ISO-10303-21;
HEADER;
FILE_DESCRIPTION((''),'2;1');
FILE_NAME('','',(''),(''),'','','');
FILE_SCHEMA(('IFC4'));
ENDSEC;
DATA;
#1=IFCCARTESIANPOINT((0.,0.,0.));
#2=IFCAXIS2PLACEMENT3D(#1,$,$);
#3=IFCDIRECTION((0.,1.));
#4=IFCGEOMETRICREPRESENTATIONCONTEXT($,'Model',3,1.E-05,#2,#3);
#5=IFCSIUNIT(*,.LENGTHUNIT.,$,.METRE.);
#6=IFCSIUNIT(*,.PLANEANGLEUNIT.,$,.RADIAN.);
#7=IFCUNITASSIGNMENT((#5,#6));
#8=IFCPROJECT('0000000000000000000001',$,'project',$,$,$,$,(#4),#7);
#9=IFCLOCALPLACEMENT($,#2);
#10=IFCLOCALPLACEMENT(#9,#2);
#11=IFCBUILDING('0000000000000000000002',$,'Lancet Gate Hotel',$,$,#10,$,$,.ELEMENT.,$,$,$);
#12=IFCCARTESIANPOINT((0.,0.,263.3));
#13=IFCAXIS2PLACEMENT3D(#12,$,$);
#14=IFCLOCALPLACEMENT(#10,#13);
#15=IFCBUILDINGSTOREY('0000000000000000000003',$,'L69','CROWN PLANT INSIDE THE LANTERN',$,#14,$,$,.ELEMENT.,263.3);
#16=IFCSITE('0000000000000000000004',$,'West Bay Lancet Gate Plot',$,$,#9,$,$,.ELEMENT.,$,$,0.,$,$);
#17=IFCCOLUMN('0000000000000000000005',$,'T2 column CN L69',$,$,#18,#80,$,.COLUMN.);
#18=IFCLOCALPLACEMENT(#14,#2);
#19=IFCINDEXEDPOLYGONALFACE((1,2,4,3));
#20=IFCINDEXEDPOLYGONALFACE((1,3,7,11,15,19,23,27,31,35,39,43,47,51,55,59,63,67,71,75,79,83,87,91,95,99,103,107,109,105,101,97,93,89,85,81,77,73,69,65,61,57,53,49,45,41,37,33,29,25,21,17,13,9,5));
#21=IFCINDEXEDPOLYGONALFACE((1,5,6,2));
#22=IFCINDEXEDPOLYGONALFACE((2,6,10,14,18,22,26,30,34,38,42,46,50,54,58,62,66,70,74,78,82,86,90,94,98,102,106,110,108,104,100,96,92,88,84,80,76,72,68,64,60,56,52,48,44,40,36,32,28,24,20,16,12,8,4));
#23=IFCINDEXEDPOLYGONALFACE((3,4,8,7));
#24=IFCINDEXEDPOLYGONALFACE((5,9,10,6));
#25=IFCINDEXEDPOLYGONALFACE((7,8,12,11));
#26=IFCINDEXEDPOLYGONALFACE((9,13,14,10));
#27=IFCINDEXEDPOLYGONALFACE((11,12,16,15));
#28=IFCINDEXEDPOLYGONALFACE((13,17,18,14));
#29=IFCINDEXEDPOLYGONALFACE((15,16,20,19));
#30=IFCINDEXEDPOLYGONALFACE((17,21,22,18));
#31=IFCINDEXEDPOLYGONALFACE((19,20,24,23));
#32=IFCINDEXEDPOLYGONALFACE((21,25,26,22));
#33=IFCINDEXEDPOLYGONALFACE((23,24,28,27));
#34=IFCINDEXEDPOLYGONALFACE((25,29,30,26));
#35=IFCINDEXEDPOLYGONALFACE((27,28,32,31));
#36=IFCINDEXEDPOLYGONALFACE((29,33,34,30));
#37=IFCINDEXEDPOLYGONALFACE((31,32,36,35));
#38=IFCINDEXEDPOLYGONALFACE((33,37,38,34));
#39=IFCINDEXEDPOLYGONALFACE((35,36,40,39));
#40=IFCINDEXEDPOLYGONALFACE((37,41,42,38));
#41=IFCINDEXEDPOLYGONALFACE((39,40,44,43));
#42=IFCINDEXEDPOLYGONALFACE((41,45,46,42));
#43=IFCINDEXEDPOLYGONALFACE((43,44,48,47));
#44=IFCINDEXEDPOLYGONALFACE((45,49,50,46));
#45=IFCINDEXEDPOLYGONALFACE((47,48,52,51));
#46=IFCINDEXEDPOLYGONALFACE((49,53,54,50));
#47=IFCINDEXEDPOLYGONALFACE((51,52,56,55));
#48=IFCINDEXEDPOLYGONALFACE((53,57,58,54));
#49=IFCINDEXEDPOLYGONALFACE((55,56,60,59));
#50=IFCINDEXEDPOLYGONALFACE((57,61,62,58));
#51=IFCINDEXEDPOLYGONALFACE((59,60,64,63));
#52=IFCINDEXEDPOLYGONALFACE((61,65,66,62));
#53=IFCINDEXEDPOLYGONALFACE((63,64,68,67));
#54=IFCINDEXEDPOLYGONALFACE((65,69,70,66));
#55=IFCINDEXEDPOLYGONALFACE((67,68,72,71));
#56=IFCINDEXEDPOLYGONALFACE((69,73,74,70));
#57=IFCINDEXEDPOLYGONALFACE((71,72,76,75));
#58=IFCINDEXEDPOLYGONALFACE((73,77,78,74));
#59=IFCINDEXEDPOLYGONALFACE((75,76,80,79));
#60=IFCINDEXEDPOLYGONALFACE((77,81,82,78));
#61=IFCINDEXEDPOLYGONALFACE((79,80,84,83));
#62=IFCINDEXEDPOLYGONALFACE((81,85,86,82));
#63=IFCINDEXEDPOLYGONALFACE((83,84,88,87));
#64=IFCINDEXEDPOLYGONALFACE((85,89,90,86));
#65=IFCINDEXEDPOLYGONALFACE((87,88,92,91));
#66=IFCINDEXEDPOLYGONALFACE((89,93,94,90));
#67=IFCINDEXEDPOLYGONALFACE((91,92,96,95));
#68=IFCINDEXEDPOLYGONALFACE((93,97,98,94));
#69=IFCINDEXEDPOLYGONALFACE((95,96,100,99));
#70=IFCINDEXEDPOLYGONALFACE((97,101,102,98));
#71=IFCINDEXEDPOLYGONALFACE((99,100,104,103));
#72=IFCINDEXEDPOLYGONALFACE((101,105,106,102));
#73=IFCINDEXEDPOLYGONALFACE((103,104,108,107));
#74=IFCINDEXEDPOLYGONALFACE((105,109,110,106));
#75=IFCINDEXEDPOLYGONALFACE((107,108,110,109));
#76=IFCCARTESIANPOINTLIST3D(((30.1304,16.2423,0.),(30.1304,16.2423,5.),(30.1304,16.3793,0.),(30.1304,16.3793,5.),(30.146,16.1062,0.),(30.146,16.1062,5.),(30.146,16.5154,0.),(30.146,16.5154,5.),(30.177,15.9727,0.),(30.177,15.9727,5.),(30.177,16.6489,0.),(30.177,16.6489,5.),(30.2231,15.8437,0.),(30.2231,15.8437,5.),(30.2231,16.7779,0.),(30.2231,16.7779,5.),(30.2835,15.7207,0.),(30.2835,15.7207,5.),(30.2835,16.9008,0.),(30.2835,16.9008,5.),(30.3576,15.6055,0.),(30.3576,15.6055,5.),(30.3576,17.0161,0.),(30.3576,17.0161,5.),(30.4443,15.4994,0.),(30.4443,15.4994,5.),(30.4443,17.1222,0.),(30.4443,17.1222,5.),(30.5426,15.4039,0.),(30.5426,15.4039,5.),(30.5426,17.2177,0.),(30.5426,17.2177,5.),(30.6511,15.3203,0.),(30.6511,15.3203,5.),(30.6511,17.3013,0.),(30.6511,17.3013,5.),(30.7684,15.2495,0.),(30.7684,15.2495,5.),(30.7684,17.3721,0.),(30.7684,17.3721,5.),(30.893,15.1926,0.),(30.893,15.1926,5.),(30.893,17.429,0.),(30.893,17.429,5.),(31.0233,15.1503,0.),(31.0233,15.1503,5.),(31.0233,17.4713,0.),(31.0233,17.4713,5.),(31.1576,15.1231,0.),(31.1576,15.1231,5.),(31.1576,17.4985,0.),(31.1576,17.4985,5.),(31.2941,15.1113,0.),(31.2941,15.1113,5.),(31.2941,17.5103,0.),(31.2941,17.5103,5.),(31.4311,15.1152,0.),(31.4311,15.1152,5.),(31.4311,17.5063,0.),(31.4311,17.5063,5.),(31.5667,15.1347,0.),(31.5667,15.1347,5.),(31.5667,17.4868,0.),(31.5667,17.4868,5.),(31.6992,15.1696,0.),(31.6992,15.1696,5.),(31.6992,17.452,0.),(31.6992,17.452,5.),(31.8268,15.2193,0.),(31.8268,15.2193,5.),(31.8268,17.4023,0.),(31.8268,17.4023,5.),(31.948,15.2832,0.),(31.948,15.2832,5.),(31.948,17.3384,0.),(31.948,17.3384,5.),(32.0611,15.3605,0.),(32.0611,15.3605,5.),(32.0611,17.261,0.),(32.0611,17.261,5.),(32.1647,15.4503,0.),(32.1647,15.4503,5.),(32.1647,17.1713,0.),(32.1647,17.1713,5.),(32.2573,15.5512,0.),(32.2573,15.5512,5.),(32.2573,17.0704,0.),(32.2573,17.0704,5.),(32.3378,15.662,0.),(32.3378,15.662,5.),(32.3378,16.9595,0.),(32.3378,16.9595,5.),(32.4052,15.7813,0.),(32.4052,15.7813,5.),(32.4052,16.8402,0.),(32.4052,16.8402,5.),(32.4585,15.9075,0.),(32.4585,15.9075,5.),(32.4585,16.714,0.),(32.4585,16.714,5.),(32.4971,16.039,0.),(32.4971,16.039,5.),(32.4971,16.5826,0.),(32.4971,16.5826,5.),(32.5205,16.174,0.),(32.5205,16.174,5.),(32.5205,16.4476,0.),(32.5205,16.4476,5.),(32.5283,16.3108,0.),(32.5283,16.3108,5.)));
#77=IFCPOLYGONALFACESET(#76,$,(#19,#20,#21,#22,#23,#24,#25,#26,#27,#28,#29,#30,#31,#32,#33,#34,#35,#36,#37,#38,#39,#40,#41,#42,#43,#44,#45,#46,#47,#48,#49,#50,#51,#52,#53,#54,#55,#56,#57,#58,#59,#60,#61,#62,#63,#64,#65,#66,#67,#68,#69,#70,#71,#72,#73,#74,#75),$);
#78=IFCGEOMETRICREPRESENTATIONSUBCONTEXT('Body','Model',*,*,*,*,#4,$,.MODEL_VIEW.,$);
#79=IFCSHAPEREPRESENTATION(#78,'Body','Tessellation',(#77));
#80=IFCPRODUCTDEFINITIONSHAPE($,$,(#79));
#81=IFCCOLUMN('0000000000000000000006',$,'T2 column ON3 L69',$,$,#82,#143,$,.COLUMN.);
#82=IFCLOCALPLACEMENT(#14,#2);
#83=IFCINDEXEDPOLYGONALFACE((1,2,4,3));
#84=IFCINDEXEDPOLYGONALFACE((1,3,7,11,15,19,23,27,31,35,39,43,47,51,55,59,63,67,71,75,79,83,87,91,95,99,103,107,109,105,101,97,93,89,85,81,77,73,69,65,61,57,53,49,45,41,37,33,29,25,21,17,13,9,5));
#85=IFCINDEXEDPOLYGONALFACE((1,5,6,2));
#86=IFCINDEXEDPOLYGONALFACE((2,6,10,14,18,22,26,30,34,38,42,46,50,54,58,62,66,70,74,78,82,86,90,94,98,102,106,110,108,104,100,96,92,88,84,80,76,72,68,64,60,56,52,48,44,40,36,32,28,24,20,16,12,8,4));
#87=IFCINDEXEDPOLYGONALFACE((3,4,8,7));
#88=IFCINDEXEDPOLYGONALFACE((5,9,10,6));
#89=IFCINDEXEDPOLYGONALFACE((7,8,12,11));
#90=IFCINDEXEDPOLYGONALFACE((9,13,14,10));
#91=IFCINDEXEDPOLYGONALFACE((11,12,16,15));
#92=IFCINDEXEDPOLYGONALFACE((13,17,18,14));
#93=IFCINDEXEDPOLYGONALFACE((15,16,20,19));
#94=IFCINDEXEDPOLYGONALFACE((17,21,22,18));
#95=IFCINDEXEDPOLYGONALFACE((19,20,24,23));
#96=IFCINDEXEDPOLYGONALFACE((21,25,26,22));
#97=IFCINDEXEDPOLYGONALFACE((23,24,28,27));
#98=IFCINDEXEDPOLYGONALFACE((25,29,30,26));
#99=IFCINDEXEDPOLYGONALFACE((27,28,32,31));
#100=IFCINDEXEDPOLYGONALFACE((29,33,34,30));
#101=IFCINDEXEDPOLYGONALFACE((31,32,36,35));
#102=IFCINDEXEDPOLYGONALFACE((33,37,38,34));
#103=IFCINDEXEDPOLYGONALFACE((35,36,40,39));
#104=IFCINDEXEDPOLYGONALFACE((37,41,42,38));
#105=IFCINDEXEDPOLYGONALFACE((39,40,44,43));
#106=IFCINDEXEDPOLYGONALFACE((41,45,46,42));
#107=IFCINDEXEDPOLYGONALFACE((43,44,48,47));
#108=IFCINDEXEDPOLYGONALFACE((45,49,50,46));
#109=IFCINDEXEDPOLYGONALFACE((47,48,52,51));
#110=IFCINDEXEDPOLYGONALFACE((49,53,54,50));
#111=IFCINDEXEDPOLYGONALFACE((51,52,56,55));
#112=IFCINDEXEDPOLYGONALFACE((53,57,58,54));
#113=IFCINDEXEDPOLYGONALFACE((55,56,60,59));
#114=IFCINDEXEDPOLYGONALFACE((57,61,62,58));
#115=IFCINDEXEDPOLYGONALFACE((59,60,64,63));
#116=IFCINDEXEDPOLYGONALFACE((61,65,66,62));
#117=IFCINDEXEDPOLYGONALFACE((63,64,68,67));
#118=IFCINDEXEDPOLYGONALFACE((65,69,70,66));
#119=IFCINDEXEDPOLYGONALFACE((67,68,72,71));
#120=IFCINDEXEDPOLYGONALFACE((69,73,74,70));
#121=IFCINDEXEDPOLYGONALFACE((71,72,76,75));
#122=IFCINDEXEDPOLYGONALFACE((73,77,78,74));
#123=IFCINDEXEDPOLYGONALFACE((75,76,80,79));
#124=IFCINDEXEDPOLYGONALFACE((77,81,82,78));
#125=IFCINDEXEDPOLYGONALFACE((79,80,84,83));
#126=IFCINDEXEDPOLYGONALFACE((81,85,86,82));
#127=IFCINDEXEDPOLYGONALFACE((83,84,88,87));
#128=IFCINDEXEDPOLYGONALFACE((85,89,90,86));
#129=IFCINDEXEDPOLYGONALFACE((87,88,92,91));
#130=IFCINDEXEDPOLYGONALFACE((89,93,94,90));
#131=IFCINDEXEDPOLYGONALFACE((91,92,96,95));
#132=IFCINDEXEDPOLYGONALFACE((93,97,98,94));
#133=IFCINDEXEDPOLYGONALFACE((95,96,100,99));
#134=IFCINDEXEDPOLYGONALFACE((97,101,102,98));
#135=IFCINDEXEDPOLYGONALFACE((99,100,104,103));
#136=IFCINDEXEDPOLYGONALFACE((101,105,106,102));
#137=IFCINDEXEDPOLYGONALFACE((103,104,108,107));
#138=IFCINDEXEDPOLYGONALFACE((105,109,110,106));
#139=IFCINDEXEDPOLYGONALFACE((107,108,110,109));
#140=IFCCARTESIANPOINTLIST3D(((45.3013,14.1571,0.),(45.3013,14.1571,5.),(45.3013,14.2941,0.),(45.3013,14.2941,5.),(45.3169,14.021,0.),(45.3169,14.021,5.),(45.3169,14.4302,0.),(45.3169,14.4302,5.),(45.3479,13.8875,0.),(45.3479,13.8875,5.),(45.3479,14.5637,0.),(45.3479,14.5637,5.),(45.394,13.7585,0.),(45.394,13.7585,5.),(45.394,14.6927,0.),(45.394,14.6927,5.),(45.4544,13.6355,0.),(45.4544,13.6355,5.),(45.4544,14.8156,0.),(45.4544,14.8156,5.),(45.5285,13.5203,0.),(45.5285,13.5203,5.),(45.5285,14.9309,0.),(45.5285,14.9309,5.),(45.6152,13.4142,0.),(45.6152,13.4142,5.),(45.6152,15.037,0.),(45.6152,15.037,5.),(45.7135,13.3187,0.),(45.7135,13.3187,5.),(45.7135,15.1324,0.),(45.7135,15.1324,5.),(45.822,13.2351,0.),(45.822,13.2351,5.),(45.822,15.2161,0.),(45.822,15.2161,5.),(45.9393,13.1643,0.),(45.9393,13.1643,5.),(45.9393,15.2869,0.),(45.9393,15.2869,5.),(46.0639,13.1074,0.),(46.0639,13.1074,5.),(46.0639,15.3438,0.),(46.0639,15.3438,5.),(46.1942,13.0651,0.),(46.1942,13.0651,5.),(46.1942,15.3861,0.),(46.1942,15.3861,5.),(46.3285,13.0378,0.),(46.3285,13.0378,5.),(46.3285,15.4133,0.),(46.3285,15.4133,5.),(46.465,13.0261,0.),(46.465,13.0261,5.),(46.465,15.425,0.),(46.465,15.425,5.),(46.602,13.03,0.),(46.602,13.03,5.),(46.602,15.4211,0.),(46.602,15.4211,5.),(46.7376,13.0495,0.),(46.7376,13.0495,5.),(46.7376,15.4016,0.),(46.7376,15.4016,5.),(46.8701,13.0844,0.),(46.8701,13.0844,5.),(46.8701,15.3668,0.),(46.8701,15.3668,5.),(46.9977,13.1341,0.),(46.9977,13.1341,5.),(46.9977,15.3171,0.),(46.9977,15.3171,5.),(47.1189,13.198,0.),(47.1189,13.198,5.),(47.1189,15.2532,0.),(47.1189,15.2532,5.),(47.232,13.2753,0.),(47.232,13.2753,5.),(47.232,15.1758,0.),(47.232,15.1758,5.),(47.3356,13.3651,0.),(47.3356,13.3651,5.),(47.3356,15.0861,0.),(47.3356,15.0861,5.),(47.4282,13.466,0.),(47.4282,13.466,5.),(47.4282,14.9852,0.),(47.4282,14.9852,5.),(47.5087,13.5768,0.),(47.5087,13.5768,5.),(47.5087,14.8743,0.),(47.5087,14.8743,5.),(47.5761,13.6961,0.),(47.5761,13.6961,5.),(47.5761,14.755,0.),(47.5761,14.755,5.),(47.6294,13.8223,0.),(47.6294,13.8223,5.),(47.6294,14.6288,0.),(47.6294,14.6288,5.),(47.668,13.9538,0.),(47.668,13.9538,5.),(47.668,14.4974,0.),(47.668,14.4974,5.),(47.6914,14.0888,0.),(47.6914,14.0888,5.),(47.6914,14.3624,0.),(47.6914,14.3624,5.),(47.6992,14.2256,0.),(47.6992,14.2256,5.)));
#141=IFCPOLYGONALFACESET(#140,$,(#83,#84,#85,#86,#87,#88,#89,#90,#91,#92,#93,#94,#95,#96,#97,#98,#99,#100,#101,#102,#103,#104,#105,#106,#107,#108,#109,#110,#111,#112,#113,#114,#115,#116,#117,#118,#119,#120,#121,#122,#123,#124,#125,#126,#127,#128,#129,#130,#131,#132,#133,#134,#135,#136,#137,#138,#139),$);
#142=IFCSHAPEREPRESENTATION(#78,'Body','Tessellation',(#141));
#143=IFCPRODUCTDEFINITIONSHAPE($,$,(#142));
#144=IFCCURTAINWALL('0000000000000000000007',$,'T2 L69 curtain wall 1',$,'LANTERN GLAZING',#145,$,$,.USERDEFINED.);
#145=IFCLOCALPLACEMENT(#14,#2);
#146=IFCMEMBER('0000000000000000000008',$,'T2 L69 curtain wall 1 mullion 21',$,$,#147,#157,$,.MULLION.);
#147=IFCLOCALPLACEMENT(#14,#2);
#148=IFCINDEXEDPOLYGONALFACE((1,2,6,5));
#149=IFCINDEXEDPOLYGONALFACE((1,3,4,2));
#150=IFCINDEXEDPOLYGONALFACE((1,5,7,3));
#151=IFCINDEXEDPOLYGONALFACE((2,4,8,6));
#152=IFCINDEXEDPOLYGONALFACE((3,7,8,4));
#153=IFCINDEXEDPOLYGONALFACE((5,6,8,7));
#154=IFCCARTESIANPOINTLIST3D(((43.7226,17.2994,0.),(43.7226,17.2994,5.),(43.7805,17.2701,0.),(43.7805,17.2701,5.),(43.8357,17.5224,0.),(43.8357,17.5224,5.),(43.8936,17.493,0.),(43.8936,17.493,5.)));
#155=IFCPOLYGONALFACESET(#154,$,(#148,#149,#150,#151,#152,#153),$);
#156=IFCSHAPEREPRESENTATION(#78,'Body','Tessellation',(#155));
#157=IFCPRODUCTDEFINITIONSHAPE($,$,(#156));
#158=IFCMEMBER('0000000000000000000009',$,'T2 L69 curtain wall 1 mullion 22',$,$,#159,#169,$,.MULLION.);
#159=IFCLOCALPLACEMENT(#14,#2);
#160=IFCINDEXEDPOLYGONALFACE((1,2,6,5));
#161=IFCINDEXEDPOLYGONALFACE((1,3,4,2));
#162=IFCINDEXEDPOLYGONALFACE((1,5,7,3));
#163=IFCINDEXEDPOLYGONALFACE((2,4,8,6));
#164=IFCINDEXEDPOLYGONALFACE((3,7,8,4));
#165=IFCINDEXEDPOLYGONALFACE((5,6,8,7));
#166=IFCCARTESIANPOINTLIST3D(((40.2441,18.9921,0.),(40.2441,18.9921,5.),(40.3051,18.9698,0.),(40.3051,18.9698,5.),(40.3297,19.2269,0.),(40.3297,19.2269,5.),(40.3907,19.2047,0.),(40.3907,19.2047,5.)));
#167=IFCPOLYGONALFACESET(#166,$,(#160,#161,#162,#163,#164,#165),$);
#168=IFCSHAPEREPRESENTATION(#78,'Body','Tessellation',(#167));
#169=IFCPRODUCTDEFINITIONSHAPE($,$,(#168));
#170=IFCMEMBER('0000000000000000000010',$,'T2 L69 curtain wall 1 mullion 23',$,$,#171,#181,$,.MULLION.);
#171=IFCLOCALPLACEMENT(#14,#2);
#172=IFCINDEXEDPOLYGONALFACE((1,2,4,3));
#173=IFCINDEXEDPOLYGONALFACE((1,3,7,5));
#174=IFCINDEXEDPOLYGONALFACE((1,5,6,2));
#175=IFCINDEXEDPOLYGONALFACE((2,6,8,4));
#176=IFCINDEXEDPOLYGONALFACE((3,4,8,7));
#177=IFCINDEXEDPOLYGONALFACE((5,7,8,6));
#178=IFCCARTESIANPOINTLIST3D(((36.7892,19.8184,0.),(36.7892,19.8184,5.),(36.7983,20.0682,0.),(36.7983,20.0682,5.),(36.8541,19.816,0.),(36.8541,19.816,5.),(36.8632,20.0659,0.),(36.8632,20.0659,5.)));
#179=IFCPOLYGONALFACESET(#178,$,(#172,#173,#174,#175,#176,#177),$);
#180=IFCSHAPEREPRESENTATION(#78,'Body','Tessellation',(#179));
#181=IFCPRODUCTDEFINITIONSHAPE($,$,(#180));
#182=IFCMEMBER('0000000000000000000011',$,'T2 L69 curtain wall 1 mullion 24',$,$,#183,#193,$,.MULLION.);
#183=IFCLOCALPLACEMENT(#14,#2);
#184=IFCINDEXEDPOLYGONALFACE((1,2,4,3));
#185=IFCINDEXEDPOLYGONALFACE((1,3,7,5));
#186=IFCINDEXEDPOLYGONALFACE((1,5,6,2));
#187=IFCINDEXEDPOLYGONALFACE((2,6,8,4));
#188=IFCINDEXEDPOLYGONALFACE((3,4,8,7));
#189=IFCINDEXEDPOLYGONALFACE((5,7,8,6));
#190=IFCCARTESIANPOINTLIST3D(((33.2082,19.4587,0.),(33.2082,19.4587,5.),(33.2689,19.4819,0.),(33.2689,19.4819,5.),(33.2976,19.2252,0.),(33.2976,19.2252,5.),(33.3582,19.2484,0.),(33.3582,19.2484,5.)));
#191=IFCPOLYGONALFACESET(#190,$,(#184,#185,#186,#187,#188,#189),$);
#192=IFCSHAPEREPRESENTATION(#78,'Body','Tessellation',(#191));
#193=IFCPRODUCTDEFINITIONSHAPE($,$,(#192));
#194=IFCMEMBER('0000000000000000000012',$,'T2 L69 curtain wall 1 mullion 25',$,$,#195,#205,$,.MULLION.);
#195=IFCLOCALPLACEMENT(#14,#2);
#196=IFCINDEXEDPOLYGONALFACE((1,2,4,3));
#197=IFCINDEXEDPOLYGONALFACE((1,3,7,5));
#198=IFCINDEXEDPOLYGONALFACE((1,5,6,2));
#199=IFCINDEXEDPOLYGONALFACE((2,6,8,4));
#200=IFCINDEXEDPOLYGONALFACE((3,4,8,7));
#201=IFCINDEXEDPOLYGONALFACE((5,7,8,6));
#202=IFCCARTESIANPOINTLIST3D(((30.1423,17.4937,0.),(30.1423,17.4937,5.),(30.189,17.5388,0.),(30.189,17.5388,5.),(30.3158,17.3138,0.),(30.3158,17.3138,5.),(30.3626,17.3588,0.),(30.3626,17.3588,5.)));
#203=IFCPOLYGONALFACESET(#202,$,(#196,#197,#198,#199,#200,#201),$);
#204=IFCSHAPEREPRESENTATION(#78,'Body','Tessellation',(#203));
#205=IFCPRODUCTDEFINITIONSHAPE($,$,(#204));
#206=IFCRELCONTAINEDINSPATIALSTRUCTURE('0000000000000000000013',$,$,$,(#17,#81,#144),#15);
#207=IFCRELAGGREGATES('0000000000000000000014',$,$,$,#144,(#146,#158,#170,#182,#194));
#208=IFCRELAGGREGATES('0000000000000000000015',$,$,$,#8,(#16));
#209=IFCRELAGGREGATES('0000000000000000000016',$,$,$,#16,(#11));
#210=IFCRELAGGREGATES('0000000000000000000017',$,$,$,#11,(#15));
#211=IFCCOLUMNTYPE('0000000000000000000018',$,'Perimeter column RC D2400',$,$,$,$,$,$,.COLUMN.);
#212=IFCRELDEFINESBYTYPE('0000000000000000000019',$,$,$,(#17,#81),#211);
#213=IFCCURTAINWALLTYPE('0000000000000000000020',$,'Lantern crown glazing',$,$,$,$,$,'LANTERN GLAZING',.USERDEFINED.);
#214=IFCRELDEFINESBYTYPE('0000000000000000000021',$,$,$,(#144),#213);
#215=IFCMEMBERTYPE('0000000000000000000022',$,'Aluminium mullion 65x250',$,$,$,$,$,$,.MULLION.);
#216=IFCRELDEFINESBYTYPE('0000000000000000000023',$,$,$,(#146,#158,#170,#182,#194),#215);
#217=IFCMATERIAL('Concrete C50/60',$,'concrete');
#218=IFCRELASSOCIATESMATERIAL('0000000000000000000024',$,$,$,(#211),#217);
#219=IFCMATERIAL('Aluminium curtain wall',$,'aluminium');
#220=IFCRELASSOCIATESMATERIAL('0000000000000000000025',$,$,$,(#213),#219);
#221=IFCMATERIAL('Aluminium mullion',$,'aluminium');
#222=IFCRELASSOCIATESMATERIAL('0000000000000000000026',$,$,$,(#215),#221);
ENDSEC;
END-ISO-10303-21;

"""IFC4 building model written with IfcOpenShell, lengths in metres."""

from ifc_helpers import new_model, si_unit, direction, frame, origin, origin_2d, place, context, subcontext, project, spatial, rectangle, circle, extrude, material, material_profile, profile_set, type_object, element, aggregate, save


model = new_model("IFC4")

# Units and contexts
model_context = context("Model", 3, precision=1e-05, world=origin(), true_north=direction((0.0, 1.0)))
body_context = subcontext(model_context, "Body", "Model", "MODEL_VIEW")
ifc_project = project(units=[si_unit("LENGTHUNIT", "METRE"), si_unit("PLANEANGLEUNIT", "RADIAN")], contexts=[model_context])

# Site, building, storey
site_placement = place(None, origin())
site = spatial("IfcSite", under=ifc_project, at=site_placement, Name="West Bay Lancet Gate Plot", CompositionType="ELEMENT", RefElevation=0.0)
building_placement = place(site_placement, origin())
building = spatial("IfcBuilding", under=site, at=building_placement, Name="Lancet Gate Hotel", CompositionType="ELEMENT")
storey_placement = place(building_placement, frame((0.0, 0.0, 263.3)))
storey = spatial("IfcBuildingStorey", under=building, at=storey_placement, Name="L69", Description="CROWN PLANT INSIDE THE LANTERN", CompositionType="ELEMENT", Elevation=263.3)

# Columns
ifc_material_1 = material(Name="Concrete C50/60", Category="concrete")
ifc_material_profile_1 = material_profile(ifc_material_1, circle(Radius=1.2, at=origin_2d()), Name="RC D2400")
ifc_profile_set_1 = profile_set([ifc_material_profile_1], Name="Concrete C50/60")
column_type = type_object("IfcColumnType", Name="Perimeter column RC D2400", PredefinedType="COLUMN", material=ifc_profile_set_1)
for number, where, z_axis, x_axis, name in (
    (1, (31.3284, 16.3108, 0.0), (0.0, 0.0, 1.0), (1.0, 0.0, 0.0), "T2 column CN L69"),
    (2, (46.4993, 14.2256, 0.0), (0.0, 0.0, 1.0), (1.0, 0.0, 0.0), "T2 column ON3 L69"),
):
    element("IfcColumn", number, at=place(storey_placement, frame(where, z_axis=z_axis, x_axis=x_axis)), inside=storey, type_object=column_type, Name=name, PredefinedType="COLUMN", context=body_context, shape_type="SweptSolid", body=[
        extrude(circle(Radius=1.2, at=origin_2d()), origin(), (0.0, 0.0, 1.0), 5.0),
    ])

# Curtain wall, members
ifc_material_2 = material(Name="Aluminium curtain wall", Category="aluminium")
curtain_wall_type = type_object("IfcCurtainWallType", Name="Lantern crown glazing", ElementType="LANTERN GLAZING", PredefinedType="USERDEFINED", material=ifc_material_2)
curtain_wall_placement = place(storey_placement, origin())
curtain_wall = element("IfcCurtainWall", 3, at=curtain_wall_placement, inside=storey, type_object=curtain_wall_type, Name="T2 L69 curtain wall 1", ObjectType="LANTERN GLAZING", PredefinedType="USERDEFINED")
ifc_material_3 = material(Name="Aluminium mullion", Category="aluminium")
ifc_material_profile_2 = material_profile(ifc_material_3, rectangle(XDim=0.0649, YDim=0.25, at=origin_2d()), Name="MULLION 65x250")
ifc_profile_set_2 = profile_set([ifc_material_profile_2], Name="Aluminium mullion")
member_type_1 = type_object("IfcMemberType", Name="Aluminium mullion 65x250", PredefinedType="MULLION", material=ifc_profile_set_2)
member_1_placement = place(storey_placement, frame((43.8081, 17.3962, 0.0), z_axis=(0.0, 0.0, 1.0), x_axis=(-0.891833, 0.452365, 0.0)))
member_1 = element("IfcMember", 4, at=member_1_placement, type_object=member_type_1, Name="T2 L69 curtain wall 1 mullion 21", PredefinedType="MULLION", context=body_context, shape_type="SweptSolid", body=[
    extrude(rectangle(XDim=0.0649, YDim=0.25, at=origin_2d()), origin(), (0.0, 0.0, 1.0), 5.0),
])
member_2_placement = place(storey_placement, frame((40.3174, 19.0984, 0.0), z_axis=(0.0, 0.0, 1.0), x_axis=(-0.939484, 0.342593, 0.0)))
member_2 = element("IfcMember", 5, at=member_2_placement, type_object=member_type_1, Name="T2 L69 curtain wall 1 mullion 22", PredefinedType="MULLION", context=body_context, shape_type="SweptSolid", body=[
    extrude(rectangle(XDim=0.0649, YDim=0.25, at=origin_2d()), origin(), (0.0, 0.0, 1.0), 5.0),
])
member_3_placement = place(storey_placement, frame((36.8262, 19.9421, 0.0), z_axis=(0.0, 0.0, 1.0), x_axis=(-0.999343, 0.03625, 0.0)))
member_3 = element("IfcMember", 6, at=member_3_placement, type_object=member_type_1, Name="T2 L69 curtain wall 1 mullion 23", PredefinedType="MULLION", context=body_context, shape_type="SweptSolid", body=[
    extrude(rectangle(XDim=0.0649, YDim=0.25, at=origin_2d()), origin(), (0.0, 0.0, 1.0), 5.0),
])
member_4_placement = place(storey_placement, frame((33.2832, 19.3535, 0.0), z_axis=(0.0, 0.0, 1.0), x_axis=(-0.933943, -0.357421, 0.0)))
member_4 = element("IfcMember", 7, at=member_4_placement, type_object=member_type_1, Name="T2 L69 curtain wall 1 mullion 24", PredefinedType="MULLION", context=body_context, shape_type="SweptSolid", body=[
    extrude(rectangle(XDim=0.0649, YDim=0.25, at=origin_2d()), origin(), (0.0, 0.0, 1.0), 5.0),
])
member_5_placement = place(storey_placement, frame((30.2524, 17.4263, 0.0), z_axis=(0.0, 0.0, 1.0), x_axis=(-0.719809, -0.694172, 0.0)))
member_5 = element("IfcMember", 8, at=member_5_placement, type_object=member_type_1, Name="T2 L69 curtain wall 1 mullion 25", PredefinedType="MULLION", context=body_context, shape_type="SweptSolid", body=[
    extrude(rectangle(XDim=0.0649, YDim=0.25, at=origin_2d()), origin(), (0.0, 0.0, 1.0), 5.0),
])

aggregate(curtain_wall, [member_1, member_2, member_3, member_4, member_5])

save(model, "model.ifc")
